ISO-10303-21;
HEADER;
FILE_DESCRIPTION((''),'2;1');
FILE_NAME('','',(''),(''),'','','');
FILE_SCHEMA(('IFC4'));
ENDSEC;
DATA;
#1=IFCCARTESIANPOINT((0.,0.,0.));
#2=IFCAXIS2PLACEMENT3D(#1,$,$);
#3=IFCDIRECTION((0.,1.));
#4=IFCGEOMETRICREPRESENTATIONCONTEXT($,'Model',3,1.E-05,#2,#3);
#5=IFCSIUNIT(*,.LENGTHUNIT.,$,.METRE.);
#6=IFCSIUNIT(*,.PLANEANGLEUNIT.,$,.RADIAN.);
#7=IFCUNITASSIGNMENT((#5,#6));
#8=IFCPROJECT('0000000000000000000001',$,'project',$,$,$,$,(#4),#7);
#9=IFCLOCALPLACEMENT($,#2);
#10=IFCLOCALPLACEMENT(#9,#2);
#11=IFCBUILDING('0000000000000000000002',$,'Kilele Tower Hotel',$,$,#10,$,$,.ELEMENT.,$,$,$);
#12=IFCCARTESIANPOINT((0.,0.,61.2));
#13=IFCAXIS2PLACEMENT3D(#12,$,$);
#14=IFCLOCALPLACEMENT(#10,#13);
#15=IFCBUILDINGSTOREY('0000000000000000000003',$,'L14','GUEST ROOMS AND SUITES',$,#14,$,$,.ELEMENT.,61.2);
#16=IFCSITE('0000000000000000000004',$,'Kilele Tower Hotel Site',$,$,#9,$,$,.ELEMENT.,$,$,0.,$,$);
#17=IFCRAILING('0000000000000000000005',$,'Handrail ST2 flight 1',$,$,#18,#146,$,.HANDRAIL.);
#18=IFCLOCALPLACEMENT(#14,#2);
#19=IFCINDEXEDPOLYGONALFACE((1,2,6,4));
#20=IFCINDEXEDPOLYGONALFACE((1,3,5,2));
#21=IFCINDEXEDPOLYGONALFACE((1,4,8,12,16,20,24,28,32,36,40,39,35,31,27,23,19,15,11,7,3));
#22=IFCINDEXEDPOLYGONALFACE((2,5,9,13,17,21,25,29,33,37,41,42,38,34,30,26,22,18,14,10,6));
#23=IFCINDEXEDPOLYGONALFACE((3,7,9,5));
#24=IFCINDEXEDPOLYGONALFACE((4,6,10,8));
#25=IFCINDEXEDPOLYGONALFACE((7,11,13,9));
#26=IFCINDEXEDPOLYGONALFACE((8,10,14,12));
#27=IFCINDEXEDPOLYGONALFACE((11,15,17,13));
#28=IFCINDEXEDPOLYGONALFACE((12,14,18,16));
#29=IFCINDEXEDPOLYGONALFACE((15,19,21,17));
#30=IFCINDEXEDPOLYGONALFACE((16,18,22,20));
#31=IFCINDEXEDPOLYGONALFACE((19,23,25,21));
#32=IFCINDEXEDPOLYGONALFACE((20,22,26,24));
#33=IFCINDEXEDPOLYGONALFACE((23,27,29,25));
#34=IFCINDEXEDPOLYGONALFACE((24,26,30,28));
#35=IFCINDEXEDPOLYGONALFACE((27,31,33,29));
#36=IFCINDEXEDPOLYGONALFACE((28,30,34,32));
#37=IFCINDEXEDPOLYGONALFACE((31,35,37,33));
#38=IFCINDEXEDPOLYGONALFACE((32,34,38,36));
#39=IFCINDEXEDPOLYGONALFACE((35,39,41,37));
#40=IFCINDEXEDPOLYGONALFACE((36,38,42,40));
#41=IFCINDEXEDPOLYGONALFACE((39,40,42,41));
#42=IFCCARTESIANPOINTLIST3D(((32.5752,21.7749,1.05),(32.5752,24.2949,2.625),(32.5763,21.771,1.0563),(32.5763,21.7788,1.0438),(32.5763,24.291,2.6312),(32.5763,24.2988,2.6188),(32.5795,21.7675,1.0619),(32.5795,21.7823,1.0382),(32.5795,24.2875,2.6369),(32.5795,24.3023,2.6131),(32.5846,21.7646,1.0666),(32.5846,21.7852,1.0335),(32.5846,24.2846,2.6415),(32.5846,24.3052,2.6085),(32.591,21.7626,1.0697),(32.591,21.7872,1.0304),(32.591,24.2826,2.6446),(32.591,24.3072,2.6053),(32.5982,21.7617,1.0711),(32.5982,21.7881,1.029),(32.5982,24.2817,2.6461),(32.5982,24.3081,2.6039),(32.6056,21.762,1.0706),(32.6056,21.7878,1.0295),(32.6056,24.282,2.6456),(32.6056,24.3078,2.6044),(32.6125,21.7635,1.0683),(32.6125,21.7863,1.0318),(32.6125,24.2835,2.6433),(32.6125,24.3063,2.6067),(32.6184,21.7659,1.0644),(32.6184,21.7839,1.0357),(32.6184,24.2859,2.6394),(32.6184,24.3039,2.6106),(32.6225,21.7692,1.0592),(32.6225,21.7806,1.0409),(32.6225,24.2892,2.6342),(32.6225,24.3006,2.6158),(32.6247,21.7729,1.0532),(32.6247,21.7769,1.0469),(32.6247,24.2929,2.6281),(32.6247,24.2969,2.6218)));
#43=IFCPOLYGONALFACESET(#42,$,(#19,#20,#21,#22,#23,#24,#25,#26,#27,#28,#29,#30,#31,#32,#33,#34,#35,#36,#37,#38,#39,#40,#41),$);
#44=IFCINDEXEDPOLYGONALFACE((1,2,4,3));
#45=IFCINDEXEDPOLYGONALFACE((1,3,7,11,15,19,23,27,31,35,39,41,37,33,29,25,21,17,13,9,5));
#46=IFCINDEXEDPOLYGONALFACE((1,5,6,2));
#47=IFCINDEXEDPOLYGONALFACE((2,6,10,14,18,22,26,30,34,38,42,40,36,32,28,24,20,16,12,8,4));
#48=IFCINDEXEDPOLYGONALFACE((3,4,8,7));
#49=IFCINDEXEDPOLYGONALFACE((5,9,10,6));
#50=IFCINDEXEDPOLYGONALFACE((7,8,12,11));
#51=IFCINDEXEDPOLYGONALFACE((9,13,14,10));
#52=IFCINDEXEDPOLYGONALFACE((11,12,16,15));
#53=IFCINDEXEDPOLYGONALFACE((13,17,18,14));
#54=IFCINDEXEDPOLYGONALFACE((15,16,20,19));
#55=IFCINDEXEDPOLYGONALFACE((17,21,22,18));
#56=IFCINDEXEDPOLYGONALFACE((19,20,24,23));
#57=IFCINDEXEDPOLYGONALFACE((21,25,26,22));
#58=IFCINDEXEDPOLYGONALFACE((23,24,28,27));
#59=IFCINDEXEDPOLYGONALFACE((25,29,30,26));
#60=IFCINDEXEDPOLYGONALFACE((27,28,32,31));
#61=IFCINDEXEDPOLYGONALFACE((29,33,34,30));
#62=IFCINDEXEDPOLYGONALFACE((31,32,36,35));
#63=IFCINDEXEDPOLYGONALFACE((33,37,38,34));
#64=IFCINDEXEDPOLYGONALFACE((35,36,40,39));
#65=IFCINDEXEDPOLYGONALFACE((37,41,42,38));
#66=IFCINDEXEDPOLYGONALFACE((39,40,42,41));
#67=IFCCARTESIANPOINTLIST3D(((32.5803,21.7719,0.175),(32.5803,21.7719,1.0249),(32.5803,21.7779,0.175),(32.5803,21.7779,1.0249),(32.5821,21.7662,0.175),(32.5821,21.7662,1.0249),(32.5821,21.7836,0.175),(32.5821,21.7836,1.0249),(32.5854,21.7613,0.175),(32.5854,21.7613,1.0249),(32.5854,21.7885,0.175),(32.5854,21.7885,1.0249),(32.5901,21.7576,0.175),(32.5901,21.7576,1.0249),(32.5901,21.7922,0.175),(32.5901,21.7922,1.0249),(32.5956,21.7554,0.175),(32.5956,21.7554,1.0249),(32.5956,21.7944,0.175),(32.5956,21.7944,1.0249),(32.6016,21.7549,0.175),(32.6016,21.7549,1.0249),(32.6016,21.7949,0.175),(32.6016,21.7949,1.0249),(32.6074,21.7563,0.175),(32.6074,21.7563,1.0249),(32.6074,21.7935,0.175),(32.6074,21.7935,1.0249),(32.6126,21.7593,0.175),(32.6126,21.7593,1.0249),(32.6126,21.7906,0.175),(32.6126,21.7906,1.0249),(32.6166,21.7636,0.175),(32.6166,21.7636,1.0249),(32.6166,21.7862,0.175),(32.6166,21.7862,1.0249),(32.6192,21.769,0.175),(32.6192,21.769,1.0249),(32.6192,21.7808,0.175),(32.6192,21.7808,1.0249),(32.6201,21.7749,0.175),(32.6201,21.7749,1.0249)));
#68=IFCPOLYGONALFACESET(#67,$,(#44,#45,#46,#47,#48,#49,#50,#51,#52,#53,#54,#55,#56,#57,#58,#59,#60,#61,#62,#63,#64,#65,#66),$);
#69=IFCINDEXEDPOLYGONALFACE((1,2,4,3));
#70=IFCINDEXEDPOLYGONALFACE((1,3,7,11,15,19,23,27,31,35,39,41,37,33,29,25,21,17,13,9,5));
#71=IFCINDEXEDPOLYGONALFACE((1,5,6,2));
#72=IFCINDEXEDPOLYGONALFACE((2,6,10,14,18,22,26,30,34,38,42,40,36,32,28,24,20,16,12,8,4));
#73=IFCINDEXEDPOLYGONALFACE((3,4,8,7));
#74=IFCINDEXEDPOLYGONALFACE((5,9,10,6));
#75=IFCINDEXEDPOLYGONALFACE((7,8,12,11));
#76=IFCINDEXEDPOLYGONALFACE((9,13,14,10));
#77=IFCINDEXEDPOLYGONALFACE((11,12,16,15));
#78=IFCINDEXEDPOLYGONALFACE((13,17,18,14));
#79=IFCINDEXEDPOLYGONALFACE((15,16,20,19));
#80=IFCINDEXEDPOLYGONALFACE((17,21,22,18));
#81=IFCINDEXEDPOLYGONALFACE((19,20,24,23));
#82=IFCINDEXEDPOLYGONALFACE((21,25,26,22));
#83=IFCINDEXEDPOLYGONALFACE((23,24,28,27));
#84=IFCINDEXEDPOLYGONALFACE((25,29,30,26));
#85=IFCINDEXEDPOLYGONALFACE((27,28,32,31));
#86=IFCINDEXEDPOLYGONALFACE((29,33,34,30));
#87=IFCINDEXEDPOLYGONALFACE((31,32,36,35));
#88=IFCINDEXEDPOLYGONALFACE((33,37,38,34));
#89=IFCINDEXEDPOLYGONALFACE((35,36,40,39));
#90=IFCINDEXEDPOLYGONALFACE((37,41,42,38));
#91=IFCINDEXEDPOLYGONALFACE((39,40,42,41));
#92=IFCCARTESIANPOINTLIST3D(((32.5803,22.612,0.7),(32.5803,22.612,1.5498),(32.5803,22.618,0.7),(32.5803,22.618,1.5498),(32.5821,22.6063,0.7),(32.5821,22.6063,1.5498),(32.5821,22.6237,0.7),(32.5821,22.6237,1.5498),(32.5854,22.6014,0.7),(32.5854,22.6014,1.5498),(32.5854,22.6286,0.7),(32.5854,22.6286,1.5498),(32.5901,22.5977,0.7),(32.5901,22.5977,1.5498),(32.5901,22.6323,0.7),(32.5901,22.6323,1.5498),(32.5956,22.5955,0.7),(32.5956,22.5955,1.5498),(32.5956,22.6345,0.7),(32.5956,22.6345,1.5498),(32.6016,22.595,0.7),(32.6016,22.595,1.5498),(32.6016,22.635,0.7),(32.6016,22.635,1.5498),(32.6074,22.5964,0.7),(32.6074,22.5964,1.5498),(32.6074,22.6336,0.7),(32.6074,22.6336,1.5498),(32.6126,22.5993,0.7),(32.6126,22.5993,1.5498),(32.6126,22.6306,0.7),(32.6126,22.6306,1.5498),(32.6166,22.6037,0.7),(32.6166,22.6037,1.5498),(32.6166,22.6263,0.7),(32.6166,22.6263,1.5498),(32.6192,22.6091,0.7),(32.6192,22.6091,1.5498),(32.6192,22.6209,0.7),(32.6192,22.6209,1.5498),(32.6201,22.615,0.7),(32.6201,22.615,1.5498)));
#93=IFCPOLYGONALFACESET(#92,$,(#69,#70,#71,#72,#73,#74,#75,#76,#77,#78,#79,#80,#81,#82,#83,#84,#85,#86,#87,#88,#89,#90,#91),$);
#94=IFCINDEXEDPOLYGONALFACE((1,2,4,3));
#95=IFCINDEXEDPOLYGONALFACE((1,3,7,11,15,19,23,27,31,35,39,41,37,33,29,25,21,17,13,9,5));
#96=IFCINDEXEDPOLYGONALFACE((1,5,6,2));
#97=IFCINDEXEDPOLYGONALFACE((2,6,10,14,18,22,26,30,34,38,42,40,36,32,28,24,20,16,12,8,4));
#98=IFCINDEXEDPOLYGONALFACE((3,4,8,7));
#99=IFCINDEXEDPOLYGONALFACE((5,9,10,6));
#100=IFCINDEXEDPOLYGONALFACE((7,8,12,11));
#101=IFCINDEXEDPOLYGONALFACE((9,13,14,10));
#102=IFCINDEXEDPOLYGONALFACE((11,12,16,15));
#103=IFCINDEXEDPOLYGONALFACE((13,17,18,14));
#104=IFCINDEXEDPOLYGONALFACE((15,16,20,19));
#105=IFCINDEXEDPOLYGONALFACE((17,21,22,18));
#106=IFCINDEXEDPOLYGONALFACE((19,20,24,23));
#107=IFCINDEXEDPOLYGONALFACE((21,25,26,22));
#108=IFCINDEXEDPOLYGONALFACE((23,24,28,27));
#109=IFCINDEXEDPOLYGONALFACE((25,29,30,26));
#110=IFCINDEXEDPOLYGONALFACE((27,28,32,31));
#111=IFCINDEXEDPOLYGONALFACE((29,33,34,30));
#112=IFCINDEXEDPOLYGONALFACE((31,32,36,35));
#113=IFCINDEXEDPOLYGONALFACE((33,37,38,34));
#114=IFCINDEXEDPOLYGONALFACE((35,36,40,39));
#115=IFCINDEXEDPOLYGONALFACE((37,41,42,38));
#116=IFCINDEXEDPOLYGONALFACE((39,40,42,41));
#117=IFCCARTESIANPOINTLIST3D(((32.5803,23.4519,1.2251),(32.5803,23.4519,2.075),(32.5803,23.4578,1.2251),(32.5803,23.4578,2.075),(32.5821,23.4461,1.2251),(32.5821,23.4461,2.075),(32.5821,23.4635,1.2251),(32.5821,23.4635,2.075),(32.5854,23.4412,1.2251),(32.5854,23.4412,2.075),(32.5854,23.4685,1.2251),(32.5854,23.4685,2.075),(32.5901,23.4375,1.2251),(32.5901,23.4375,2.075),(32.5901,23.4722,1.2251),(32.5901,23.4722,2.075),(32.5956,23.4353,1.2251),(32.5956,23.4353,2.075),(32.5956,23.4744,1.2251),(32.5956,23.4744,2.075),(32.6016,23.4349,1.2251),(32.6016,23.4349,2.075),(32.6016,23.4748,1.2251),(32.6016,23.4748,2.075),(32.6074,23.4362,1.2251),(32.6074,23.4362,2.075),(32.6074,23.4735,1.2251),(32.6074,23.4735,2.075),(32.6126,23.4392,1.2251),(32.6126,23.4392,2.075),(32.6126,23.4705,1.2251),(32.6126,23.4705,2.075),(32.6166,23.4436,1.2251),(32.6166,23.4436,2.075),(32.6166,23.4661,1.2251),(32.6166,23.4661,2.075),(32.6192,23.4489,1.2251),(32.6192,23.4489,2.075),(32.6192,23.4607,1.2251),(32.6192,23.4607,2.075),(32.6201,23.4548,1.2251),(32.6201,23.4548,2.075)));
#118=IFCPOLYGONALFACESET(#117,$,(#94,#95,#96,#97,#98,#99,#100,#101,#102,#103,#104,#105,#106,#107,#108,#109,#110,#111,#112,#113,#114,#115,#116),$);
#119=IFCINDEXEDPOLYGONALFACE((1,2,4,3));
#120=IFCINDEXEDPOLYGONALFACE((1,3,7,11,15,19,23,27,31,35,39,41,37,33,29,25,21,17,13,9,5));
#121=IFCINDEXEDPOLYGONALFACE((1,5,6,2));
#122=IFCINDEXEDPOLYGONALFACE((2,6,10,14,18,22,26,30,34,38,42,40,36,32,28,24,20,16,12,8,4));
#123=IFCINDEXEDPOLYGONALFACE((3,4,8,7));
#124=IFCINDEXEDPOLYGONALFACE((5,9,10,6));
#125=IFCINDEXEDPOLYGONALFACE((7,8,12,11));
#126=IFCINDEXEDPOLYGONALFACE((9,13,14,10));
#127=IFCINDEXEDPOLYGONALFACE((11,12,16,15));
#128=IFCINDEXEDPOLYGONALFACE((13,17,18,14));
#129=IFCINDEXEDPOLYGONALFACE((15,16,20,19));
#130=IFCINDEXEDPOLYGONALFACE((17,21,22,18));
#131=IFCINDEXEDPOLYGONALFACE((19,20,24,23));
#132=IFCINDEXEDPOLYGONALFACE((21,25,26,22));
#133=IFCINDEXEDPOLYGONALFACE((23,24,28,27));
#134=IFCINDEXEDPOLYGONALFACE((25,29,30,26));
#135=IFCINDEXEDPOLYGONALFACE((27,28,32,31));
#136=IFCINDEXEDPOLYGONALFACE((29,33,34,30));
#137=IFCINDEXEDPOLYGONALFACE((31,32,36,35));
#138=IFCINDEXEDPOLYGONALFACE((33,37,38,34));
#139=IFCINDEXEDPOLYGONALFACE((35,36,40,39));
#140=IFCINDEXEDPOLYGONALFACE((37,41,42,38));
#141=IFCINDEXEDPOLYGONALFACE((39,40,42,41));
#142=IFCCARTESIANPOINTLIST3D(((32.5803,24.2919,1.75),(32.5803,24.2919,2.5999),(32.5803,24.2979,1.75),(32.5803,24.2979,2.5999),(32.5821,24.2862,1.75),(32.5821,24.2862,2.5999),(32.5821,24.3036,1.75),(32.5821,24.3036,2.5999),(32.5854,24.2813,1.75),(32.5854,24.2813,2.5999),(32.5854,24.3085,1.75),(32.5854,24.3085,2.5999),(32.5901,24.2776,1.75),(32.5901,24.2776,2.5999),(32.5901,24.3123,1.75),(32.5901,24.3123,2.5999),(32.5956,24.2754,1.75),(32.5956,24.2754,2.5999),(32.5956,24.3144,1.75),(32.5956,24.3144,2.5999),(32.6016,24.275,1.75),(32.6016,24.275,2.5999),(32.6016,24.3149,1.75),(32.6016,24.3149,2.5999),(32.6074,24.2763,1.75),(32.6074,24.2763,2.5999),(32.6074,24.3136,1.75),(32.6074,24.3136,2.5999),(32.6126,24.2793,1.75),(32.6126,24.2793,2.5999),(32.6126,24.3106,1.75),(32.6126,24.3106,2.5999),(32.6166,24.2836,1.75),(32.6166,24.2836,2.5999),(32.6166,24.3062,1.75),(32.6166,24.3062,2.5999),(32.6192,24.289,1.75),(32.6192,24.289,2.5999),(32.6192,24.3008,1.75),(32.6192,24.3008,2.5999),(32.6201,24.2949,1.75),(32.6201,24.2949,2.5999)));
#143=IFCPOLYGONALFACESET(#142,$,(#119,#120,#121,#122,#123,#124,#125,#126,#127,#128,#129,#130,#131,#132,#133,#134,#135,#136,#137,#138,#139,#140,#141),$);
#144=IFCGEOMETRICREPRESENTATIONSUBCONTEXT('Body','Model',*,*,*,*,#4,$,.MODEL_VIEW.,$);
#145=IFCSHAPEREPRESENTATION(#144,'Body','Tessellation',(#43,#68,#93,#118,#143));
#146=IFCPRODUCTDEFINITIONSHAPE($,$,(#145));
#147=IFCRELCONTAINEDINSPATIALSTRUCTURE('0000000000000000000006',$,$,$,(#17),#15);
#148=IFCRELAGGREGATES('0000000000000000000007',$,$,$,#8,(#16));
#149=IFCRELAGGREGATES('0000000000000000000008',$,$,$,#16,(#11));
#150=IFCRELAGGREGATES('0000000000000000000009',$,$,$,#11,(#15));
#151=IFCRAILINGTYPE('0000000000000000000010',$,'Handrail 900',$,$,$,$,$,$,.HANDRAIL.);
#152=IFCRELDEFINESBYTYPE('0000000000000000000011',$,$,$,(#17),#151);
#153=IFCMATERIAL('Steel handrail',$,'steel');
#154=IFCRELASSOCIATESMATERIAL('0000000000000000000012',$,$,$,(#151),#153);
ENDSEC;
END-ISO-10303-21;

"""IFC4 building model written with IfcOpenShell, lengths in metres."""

from ifc_helpers import new_model, si_unit, direction, frame, origin, origin_2d, place, context, subcontext, project, spatial, circle, extrude, material, type_object, element, save


model = new_model("IFC4")

# Units and contexts
model_context = context("Model", 3, precision=1e-05, world=origin(), true_north=direction((0.0, 1.0)))
body_context = subcontext(model_context, "Body", "Model", "MODEL_VIEW")
ifc_project = project(units=[si_unit("LENGTHUNIT", "METRE"), si_unit("PLANEANGLEUNIT", "RADIAN")], contexts=[model_context])

# Site, building, storey
site_placement = place(None, origin())
site = spatial("IfcSite", under=ifc_project, at=site_placement, Name="Kilele Tower Hotel Site", CompositionType="ELEMENT", RefElevation=0.0)
building_placement = place(site_placement, origin())
building = spatial("IfcBuilding", under=site, at=building_placement, Name="Kilele Tower Hotel", CompositionType="ELEMENT")
storey_placement = place(building_placement, frame((0.0, 0.0, 61.2)))
storey = spatial("IfcBuildingStorey", under=building, at=storey_placement, Name="L14", Description="GUEST ROOMS AND SUITES", CompositionType="ELEMENT", Elevation=61.2)

# Railing
ifc_material_1 = material(Name="Steel handrail", Category="steel")
railing_type_1 = type_object("IfcRailingType", Name="Handrail 900", PredefinedType="HANDRAIL", material=ifc_material_1)
for number, where, name in (
    (1, (32.6001, 21.7749, 0.175), "Handrail ST2 flight 1"),
):
    element("IfcRailing", number, at=place(storey_placement, frame(where)), inside=storey, type_object=railing_type_1, Name=name, PredefinedType="HANDRAIL", context=body_context, shape_type="SweptSolid", body=[
        extrude(circle(Radius=0.0249, at=origin_2d()), frame((0.0, 0.0, 0.875), z_axis=(0.0, 0.848008, 0.529984), x_axis=(-1.0, 0.0, 0.0)), (0.0, 0.0, 1.0), 2.9717),
        extrude(circle(Radius=0.02, at=origin_2d()), origin(), (0.0, 0.0, 1.0), 0.8499),
        extrude(circle(Radius=0.02, at=origin_2d()), frame((0.0, 0.8401, 0.5249)), (0.0, 0.0, 1.0), 0.8499),
        extrude(circle(Radius=0.02, at=origin_2d()), frame((0.0, 1.6799, 1.05)), (0.0, 0.0, 1.0), 0.8499),
        extrude(circle(Radius=0.02, at=origin_2d()), frame((0.0, 2.52, 1.575)), (0.0, 0.0, 1.0), 0.8499),
    ])

save(model, "model.ifc")
